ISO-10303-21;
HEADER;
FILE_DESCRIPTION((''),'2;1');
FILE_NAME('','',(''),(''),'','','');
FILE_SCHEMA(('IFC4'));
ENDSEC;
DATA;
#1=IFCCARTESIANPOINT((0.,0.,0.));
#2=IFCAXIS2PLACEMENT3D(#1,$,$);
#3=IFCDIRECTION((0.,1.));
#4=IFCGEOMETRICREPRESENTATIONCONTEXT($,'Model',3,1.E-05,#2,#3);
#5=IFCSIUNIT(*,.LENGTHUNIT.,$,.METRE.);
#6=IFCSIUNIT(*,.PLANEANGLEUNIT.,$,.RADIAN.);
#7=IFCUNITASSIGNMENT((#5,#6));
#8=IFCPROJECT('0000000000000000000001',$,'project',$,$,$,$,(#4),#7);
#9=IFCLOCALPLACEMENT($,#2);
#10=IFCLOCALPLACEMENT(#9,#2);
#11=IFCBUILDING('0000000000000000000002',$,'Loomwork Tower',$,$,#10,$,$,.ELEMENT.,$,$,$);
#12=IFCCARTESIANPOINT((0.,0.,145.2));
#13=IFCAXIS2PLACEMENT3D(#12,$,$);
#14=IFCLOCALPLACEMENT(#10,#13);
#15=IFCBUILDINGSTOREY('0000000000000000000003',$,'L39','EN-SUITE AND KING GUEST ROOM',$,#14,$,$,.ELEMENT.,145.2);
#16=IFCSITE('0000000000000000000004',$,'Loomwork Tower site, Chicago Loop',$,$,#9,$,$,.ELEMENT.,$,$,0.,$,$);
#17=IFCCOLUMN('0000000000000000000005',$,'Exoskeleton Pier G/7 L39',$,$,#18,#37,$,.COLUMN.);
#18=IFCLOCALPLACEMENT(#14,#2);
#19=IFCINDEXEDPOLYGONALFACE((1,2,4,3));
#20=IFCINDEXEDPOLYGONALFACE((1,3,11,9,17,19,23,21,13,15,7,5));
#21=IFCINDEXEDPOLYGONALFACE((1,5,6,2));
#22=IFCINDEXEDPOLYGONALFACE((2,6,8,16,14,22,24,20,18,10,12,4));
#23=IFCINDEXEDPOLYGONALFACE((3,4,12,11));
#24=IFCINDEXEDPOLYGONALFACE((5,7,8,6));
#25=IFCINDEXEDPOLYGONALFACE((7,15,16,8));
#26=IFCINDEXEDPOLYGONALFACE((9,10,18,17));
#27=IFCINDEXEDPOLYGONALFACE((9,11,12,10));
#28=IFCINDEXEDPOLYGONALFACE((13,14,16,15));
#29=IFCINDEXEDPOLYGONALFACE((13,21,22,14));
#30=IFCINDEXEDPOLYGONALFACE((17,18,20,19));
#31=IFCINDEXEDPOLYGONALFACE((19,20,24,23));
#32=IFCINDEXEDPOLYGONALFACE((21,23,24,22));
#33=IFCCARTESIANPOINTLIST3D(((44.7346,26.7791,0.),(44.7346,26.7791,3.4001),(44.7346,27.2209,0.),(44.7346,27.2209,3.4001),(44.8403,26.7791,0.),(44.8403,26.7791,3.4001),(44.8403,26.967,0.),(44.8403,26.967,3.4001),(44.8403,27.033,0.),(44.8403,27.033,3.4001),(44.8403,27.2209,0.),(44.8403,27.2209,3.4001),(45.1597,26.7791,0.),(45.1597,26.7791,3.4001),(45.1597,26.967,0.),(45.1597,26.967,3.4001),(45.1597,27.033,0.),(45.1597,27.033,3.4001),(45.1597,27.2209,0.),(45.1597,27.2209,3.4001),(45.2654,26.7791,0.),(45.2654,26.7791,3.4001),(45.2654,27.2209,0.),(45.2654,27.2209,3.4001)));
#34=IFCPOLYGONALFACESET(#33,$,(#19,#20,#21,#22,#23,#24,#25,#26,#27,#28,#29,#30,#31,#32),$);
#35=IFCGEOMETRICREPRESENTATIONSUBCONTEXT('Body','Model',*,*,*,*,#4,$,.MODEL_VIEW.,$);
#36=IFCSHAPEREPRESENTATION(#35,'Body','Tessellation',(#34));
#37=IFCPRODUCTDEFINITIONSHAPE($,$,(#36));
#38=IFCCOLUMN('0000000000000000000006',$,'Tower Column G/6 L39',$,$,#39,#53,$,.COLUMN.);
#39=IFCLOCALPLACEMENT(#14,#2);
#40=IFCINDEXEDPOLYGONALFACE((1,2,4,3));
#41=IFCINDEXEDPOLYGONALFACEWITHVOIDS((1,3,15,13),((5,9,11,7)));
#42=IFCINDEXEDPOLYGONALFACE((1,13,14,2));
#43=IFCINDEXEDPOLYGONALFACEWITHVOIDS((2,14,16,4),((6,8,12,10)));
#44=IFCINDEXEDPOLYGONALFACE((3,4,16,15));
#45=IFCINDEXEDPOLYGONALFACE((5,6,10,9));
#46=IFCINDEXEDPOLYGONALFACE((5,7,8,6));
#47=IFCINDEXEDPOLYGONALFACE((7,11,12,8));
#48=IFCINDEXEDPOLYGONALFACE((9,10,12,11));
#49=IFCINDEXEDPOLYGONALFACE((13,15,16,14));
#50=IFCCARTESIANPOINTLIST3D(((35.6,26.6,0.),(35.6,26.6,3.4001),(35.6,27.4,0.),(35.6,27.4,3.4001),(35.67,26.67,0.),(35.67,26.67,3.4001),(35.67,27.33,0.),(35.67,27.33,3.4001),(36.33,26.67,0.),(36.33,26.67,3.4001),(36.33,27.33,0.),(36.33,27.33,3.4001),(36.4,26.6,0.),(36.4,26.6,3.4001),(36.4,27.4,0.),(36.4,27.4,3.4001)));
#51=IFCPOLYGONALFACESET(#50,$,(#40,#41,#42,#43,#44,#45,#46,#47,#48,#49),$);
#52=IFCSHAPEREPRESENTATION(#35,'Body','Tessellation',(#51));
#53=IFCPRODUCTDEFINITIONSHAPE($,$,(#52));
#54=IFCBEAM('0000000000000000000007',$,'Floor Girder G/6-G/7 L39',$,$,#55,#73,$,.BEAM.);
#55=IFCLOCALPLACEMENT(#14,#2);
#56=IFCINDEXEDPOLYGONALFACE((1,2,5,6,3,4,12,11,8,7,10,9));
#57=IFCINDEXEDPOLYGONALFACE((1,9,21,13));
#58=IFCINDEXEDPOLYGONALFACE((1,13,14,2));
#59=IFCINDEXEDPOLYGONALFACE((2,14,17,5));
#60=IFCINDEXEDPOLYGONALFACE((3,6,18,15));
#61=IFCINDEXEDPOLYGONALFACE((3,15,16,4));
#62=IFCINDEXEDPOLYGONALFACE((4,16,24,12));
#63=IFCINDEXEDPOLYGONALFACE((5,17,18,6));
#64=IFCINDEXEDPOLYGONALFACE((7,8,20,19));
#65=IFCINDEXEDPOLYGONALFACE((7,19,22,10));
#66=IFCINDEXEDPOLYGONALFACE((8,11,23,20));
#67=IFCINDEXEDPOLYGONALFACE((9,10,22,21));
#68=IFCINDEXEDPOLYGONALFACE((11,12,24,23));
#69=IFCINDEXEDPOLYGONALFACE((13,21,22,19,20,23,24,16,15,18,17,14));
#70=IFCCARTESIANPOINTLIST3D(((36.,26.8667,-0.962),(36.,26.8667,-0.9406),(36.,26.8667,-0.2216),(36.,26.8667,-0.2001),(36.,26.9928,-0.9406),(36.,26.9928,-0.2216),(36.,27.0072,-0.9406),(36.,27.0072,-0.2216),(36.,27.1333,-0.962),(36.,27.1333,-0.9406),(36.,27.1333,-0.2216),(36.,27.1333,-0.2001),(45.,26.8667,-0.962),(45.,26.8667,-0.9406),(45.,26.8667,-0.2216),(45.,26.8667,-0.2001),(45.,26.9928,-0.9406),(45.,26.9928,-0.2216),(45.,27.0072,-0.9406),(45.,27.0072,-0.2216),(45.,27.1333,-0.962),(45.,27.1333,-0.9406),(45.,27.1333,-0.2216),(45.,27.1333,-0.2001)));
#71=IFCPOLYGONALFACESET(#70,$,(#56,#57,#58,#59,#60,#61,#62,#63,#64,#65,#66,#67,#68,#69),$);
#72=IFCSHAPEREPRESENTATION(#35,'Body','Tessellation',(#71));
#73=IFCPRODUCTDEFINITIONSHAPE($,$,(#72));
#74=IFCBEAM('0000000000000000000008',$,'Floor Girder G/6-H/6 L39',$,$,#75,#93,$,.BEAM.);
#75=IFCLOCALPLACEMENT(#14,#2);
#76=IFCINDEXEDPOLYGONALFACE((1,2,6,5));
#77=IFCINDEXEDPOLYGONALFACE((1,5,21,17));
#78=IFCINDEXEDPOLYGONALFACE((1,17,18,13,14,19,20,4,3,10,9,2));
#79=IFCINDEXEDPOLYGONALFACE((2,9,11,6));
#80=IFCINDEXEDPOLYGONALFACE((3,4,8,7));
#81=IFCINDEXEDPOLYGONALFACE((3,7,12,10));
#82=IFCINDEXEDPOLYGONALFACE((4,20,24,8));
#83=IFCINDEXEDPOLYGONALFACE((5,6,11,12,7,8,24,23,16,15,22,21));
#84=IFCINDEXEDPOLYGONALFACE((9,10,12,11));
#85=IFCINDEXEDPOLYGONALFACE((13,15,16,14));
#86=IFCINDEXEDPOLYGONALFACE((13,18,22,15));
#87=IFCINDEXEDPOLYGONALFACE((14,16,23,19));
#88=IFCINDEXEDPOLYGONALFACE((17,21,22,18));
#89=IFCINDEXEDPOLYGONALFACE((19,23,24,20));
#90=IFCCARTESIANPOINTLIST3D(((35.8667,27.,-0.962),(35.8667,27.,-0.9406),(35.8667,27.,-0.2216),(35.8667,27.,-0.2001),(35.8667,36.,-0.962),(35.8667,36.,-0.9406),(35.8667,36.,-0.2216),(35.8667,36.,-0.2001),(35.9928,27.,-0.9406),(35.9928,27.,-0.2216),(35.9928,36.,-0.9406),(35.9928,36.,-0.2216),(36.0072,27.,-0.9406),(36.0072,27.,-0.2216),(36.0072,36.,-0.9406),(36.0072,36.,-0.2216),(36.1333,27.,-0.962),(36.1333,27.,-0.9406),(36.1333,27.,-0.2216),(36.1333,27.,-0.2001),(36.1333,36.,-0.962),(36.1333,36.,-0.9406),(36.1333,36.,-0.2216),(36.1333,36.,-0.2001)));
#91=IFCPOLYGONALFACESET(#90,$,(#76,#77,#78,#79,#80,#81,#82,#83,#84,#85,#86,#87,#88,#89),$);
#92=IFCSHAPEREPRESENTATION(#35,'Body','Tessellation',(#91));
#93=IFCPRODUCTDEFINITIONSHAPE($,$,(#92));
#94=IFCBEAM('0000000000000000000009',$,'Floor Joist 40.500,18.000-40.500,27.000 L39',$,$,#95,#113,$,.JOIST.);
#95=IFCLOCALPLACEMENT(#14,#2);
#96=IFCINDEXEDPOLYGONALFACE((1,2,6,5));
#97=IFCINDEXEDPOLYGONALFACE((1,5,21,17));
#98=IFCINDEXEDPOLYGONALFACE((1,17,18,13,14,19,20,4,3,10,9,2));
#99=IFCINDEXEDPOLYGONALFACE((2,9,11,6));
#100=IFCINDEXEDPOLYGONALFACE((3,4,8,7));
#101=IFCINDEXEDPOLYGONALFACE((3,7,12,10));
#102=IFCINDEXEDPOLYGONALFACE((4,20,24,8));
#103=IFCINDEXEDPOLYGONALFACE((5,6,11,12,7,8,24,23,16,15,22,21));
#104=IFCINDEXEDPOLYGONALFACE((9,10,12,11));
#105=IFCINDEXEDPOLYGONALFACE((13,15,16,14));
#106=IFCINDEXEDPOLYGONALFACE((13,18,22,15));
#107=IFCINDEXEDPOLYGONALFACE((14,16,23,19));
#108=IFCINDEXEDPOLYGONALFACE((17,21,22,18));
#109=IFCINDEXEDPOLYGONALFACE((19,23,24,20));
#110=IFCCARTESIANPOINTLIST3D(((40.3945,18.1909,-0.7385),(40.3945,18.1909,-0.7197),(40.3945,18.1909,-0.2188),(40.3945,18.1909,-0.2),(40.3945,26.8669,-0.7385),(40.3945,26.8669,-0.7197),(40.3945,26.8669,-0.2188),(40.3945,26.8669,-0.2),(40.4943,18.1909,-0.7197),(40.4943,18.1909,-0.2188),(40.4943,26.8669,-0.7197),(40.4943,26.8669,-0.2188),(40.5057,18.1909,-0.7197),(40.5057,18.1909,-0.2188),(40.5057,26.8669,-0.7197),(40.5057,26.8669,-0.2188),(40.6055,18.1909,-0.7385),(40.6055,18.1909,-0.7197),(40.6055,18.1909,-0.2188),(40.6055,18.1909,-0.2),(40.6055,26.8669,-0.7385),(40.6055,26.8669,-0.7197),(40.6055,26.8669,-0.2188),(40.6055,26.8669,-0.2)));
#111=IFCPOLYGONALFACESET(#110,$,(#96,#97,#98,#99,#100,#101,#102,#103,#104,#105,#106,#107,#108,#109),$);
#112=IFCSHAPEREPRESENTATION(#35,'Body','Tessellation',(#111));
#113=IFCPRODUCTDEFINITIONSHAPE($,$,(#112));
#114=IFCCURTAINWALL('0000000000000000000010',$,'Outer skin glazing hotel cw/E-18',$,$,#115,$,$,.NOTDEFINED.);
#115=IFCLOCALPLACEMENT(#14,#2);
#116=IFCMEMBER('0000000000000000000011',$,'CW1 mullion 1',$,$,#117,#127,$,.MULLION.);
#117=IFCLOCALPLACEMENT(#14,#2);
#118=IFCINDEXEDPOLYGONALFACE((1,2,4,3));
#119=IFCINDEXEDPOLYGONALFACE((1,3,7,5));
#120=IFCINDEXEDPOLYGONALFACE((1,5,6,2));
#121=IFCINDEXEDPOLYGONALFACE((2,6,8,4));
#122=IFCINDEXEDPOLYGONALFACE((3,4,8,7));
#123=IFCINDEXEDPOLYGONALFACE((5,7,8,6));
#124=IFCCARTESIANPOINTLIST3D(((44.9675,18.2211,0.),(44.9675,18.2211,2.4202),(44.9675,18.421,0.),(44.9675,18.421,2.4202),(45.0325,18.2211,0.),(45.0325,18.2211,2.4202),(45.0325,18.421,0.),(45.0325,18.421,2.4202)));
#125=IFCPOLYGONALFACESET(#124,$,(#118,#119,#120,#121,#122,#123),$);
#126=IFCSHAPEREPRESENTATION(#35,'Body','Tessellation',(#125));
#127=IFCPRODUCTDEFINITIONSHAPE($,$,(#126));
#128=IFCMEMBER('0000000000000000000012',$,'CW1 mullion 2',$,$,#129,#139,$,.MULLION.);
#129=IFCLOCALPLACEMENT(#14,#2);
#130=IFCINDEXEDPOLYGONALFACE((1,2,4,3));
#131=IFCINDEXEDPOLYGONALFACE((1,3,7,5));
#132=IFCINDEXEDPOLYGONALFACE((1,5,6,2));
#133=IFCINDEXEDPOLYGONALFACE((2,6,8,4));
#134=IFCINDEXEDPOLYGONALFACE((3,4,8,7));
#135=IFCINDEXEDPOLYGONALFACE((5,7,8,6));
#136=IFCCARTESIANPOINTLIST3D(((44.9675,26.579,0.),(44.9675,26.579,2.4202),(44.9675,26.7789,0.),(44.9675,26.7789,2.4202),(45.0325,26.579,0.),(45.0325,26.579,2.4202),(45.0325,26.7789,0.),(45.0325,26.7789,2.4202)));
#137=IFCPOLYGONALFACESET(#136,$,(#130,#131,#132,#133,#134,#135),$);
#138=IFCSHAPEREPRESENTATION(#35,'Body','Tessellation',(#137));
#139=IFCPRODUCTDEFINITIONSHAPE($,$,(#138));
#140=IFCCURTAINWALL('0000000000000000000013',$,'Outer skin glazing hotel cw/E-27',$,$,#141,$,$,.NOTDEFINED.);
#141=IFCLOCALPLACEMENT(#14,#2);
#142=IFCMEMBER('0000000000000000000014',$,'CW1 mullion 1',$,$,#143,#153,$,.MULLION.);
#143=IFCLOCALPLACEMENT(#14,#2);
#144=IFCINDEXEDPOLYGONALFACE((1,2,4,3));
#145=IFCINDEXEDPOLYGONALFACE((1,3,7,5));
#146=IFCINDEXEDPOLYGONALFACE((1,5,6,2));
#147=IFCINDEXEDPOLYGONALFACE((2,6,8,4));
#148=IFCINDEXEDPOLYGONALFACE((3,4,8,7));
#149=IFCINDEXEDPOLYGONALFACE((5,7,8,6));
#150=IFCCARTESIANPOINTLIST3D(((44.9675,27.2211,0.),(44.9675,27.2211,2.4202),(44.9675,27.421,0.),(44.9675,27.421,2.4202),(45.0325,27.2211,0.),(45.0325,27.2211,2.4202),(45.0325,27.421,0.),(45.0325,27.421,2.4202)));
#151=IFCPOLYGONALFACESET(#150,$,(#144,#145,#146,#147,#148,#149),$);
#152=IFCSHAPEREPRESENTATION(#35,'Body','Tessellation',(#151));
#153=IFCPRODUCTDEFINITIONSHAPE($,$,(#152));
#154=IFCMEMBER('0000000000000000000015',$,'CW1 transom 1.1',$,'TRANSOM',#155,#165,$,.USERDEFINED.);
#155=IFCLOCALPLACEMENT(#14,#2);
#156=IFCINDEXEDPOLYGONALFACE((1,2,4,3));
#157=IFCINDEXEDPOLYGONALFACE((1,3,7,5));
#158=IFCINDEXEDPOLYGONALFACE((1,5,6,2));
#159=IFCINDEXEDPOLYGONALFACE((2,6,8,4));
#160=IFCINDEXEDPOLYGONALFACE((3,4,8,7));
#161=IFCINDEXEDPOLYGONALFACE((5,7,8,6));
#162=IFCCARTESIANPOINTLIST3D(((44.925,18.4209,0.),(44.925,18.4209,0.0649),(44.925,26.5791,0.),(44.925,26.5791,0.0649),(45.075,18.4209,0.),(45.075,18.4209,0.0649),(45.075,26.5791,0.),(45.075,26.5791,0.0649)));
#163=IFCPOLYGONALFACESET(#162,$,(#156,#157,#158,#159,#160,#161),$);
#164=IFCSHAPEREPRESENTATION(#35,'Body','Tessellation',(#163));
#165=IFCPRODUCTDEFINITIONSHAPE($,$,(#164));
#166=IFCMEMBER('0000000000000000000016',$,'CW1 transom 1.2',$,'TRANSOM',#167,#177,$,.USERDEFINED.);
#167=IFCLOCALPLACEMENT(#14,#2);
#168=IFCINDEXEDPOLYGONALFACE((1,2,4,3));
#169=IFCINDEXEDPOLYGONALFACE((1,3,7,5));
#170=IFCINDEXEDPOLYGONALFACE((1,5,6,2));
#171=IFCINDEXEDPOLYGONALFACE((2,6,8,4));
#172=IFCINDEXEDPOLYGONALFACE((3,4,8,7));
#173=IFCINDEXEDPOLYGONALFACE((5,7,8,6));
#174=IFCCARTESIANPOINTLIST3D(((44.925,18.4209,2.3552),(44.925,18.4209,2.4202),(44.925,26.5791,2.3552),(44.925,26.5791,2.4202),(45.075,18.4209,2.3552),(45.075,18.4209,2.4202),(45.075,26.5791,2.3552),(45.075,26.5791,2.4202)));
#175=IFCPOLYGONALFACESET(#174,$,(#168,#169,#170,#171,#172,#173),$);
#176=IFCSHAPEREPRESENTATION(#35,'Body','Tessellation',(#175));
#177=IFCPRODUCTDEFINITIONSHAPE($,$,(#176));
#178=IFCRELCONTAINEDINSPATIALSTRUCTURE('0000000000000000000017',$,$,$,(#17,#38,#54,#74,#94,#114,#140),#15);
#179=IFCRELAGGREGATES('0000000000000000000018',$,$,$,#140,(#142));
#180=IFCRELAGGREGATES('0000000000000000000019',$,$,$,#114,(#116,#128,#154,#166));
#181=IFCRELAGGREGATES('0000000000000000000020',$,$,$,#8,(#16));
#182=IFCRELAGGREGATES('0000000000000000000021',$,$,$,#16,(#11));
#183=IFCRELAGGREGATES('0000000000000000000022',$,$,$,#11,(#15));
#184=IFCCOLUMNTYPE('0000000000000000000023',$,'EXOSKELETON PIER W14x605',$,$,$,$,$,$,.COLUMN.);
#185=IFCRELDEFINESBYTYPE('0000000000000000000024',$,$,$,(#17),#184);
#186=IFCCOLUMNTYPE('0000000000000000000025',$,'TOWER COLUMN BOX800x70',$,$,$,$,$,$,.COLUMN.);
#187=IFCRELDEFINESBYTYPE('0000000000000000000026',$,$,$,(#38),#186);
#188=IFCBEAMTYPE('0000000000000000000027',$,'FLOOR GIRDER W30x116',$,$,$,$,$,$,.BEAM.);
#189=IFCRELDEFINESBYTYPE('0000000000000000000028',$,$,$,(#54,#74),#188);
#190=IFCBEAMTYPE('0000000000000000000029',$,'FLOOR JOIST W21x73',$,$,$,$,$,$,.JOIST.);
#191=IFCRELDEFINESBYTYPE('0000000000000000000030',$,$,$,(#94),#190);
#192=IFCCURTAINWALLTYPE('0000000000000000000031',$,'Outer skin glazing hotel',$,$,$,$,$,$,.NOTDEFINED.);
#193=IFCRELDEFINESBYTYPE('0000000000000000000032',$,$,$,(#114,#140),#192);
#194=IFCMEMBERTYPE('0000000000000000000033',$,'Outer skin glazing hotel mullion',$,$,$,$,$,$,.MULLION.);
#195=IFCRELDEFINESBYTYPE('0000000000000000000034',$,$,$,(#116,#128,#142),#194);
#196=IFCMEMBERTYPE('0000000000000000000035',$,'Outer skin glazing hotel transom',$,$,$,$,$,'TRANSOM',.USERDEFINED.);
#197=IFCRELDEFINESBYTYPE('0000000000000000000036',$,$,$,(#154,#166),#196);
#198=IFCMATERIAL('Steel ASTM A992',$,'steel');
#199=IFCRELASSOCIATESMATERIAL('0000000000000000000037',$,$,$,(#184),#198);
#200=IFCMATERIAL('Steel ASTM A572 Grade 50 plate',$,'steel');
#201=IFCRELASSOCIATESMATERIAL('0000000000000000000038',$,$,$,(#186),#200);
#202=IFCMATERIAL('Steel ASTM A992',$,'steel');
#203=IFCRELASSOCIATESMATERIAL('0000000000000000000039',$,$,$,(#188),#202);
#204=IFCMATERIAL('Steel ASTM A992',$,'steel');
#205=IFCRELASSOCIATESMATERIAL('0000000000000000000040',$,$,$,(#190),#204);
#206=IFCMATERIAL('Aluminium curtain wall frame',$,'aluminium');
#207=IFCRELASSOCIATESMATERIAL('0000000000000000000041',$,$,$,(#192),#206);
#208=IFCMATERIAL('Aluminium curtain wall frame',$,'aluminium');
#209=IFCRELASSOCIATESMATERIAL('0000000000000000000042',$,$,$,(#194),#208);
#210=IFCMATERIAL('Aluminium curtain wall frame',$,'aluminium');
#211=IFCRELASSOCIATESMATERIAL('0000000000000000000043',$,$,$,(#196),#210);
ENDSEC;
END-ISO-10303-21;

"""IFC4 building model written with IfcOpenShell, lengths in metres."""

from ifc_helpers import new_model, si_unit, direction, frame, origin, origin_2d, place, context, subcontext, project, spatial, rectangle, hollow_rectangle, i_section, extrude, material, material_profile, profile_set, type_object, element, aggregate, save


model = new_model("IFC4")

# Units and contexts
model_context = context("Model", 3, precision=1e-05, world=origin(), true_north=direction((0.0, 1.0)))
body_context = subcontext(model_context, "Body", "Model", "MODEL_VIEW")
ifc_project = project(units=[si_unit("LENGTHUNIT", "METRE"), si_unit("PLANEANGLEUNIT", "RADIAN")], contexts=[model_context])

# Site, building, storey
site_placement = place(None, origin())
site = spatial("IfcSite", under=ifc_project, at=site_placement, Name="Loomwork Tower site, Chicago Loop", CompositionType="ELEMENT", RefElevation=0.0)
building_placement = place(site_placement, origin())
building = spatial("IfcBuilding", under=site, at=building_placement, Name="Loomwork Tower", CompositionType="ELEMENT")
storey_placement = place(building_placement, frame((0.0, 0.0, 145.2)))
storey = spatial("IfcBuildingStorey", under=building, at=storey_placement, Name="L39", Description="EN-SUITE AND KING GUEST ROOM", CompositionType="ELEMENT", Elevation=145.2)

# Columns
ifc_material_1 = material(Name="Steel ASTM A992", Category="steel")
ifc_material_profile_1 = material_profile(ifc_material_1, i_section(OverallWidth=0.4419, OverallDepth=0.5308, WebThickness=0.0659, FlangeThickness=0.1057, at=origin_2d()), Name="W14x605")
ifc_profile_set_1 = profile_set([ifc_material_profile_1], Name="Steel ASTM A992")
column_type_1 = type_object("IfcColumnType", Name="EXOSKELETON PIER W14x605", PredefinedType="COLUMN", material=ifc_profile_set_1)
column_1_placement = place(storey_placement, frame((45.0, 27.0, 0.0), z_axis=(0.0, 0.0, 1.0), x_axis=(0.0, 1.0, 0.0)))
element("IfcColumn", 1, at=column_1_placement, inside=storey, type_object=column_type_1, Name="Exoskeleton Pier G/7 L39", PredefinedType="COLUMN", context=body_context, shape_type="SweptSolid", body=[
    extrude(i_section(OverallWidth=0.4419, OverallDepth=0.5308, WebThickness=0.0659, FlangeThickness=0.1057, at=origin_2d()), origin(), (0.0, 0.0, 1.0), 3.4001),
])
ifc_material_2 = material(Name="Steel ASTM A572 Grade 50 plate", Category="steel")
ifc_material_profile_2 = material_profile(ifc_material_2, hollow_rectangle(XDim=0.8, YDim=0.8, WallThickness=0.0701, at=origin_2d()), Name="BOX800x70")
ifc_profile_set_2 = profile_set([ifc_material_profile_2], Name="Steel ASTM A572 Grade 50 plate")
column_type_2 = type_object("IfcColumnType", Name="TOWER COLUMN BOX800x70", PredefinedType="COLUMN", material=ifc_profile_set_2)
column_2_placement = place(storey_placement, frame((36.0, 27.0, 0.0), z_axis=(0.0, 0.0, 1.0), x_axis=(1.0, 0.0, 0.0)))
element("IfcColumn", 2, at=column_2_placement, inside=storey, type_object=column_type_2, Name="Tower Column G/6 L39", PredefinedType="COLUMN", context=body_context, shape_type="SweptSolid", body=[
    extrude(hollow_rectangle(XDim=0.8, YDim=0.8, WallThickness=0.0701, at=origin_2d()), origin(), (0.0, 0.0, 1.0), 3.4001),
])

# Beams
ifc_material_3 = material(Name="Steel ASTM A992", Category="steel")
ifc_material_profile_3 = material_profile(ifc_material_3, i_section(OverallWidth=0.2666, OverallDepth=0.762, WebThickness=0.0144, FlangeThickness=0.0215, at=origin_2d()), Name="W30x116")
ifc_profile_set_3 = profile_set([ifc_material_profile_3], Name="Steel ASTM A992")
beam_type_1 = type_object("IfcBeamType", Name="FLOOR GIRDER W30x116", PredefinedType="BEAM", material=ifc_profile_set_3)
for number, where, z_axis, x_axis, name in (
    (3, (36.0, 27.0, -0.5811), (1.0, 0.0, 0.0), (0.0, 1.0, 0.0), "Floor Girder G/6-G/7 L39"),
    (4, (36.0, 27.0, -0.5811), (0.0, 1.0, 0.0), (-1.0, 0.0, 0.0), "Floor Girder G/6-H/6 L39"),
):
    element("IfcBeam", number, at=place(storey_placement, frame(where, z_axis=z_axis, x_axis=x_axis)), inside=storey, type_object=beam_type_1, Name=name, PredefinedType="BEAM", context=body_context, shape_type="SweptSolid", body=[
        extrude(i_section(OverallWidth=0.2666, OverallDepth=0.762, WebThickness=0.0144, FlangeThickness=0.0215, at=origin_2d()), origin(), (0.0, 0.0, 1.0), 9.0),
    ])
ifc_material_4 = material(Name="Steel ASTM A992", Category="steel")
ifc_material_profile_4 = material_profile(ifc_material_4, i_section(OverallWidth=0.2109, OverallDepth=0.5386, WebThickness=0.0115, FlangeThickness=0.0188, at=origin_2d()), Name="W21x73")
ifc_profile_set_4 = profile_set([ifc_material_profile_4], Name="Steel ASTM A992")
beam_type_2 = type_object("IfcBeamType", Name="FLOOR JOIST W21x73", PredefinedType="JOIST", material=ifc_profile_set_4)
beam_1_placement = place(storey_placement, frame((40.5, 18.1909, -0.4692), z_axis=(0.0, 1.0, 0.0), x_axis=(-1.0, 0.0, 0.0)))
element("IfcBeam", 5, at=beam_1_placement, inside=storey, type_object=beam_type_2, Name="Floor Joist 40.500,18.000-40.500,27.000 L39", PredefinedType="JOIST", context=body_context, shape_type="SweptSolid", body=[
    extrude(i_section(OverallWidth=0.2109, OverallDepth=0.5386, WebThickness=0.0115, FlangeThickness=0.0188, at=origin_2d()), origin(), (0.0, 0.0, 1.0), 8.676),
])

# Curtain wall, members
ifc_material_5 = material(Name="Aluminium curtain wall frame", Category="aluminium")
curtain_wall_type = type_object("IfcCurtainWallType", Name="Outer skin glazing hotel", PredefinedType="NOTDEFINED", material=ifc_material_5)
curtain_wall_1_placement = place(storey_placement, origin())
curtain_wall_1 = element("IfcCurtainWall", 6, at=curtain_wall_1_placement, inside=storey, type_object=curtain_wall_type, Name="Outer skin glazing hotel cw/E-18", PredefinedType="NOTDEFINED")
ifc_material_6 = material(Name="Aluminium curtain wall frame", Category="aluminium")
ifc_material_profile_5 = material_profile(ifc_material_6, rectangle(XDim=0.0649, YDim=0.2, at=origin_2d()), Name="AL 65x200")
ifc_profile_set_5 = profile_set([ifc_material_profile_5], Name="Aluminium curtain wall frame")
member_type_1 = type_object("IfcMemberType", Name="Outer skin glazing hotel mullion", PredefinedType="MULLION", material=ifc_profile_set_5)
member_1_placement = place(storey_placement, frame((45.0, 18.321, 0.0), z_axis=(0.0, 0.0, 1.0), x_axis=(-1.0, 0.0, 0.0)))
member_1 = element("IfcMember", 7, at=member_1_placement, type_object=member_type_1, Name="CW1 mullion 1", PredefinedType="MULLION", context=body_context, shape_type="SweptSolid", body=[
    extrude(rectangle(XDim=0.0649, YDim=0.2, at=origin_2d()), origin(), (0.0, 0.0, 1.0), 2.4202),
])
member_2_placement = place(storey_placement, frame((45.0, 26.679, 0.0), z_axis=(0.0, 0.0, 1.0), x_axis=(-1.0, 0.0, 0.0)))
member_2 = element("IfcMember", 8, at=member_2_placement, type_object=member_type_1, Name="CW1 mullion 2", PredefinedType="MULLION", context=body_context, shape_type="SweptSolid", body=[
    extrude(rectangle(XDim=0.0649, YDim=0.2, at=origin_2d()), origin(), (0.0, 0.0, 1.0), 2.4202),
])

# Curtain wall, member
curtain_wall_2_placement = place(storey_placement, origin())
curtain_wall_2 = element("IfcCurtainWall", 9, at=curtain_wall_2_placement, inside=storey, type_object=curtain_wall_type, Name="Outer skin glazing hotel cw/E-27", PredefinedType="NOTDEFINED")
member_3_placement = place(storey_placement, frame((45.0, 27.321, 0.0), z_axis=(0.0, 0.0, 1.0), x_axis=(-1.0, 0.0, 0.0)))
member_3 = element("IfcMember", 10, at=member_3_placement, type_object=member_type_1, Name="CW1 mullion 1", PredefinedType="MULLION", context=body_context, shape_type="SweptSolid", body=[
    extrude(rectangle(XDim=0.0649, YDim=0.2, at=origin_2d()), origin(), (0.0, 0.0, 1.0), 2.4202),
])
aggregate(curtain_wall_2, [member_3])

# Members
ifc_material_7 = material(Name="Aluminium curtain wall frame", Category="aluminium")
ifc_material_profile_6 = material_profile(ifc_material_7, rectangle(XDim=0.1499, YDim=0.0649, at=origin_2d()), Name="AL 65x150")
ifc_profile_set_6 = profile_set([ifc_material_profile_6], Name="Aluminium curtain wall frame")
member_type_2 = type_object("IfcMemberType", Name="Outer skin glazing hotel transom", ElementType="TRANSOM", PredefinedType="USERDEFINED", material=ifc_profile_set_6)
member_4_placement = place(storey_placement, frame((45.0, 18.4209, 0.0325), z_axis=(0.0, 1.0, 0.0), x_axis=(-1.0, 0.0, 0.0)))
member_4 = element("IfcMember", 11, at=member_4_placement, type_object=member_type_2, Name="CW1 transom 1.1", ObjectType="TRANSOM", PredefinedType="USERDEFINED", context=body_context, shape_type="SweptSolid", body=[
    extrude(rectangle(XDim=0.1499, YDim=0.0649, at=origin_2d()), origin(), (0.0, 0.0, 1.0), 8.1582),
])
member_5_placement = place(storey_placement, frame((45.0, 18.4209, 2.3877), z_axis=(0.0, 1.0, 0.0), x_axis=(-1.0, 0.0, 0.0)))
member_5 = element("IfcMember", 12, at=member_5_placement, type_object=member_type_2, Name="CW1 transom 1.2", ObjectType="TRANSOM", PredefinedType="USERDEFINED", context=body_context, shape_type="SweptSolid", body=[
    extrude(rectangle(XDim=0.1499, YDim=0.0649, at=origin_2d()), origin(), (0.0, 0.0, 1.0), 8.1582),
])

aggregate(curtain_wall_1, [member_1, member_2, member_4, member_5])

save(model, "model.ifc")
